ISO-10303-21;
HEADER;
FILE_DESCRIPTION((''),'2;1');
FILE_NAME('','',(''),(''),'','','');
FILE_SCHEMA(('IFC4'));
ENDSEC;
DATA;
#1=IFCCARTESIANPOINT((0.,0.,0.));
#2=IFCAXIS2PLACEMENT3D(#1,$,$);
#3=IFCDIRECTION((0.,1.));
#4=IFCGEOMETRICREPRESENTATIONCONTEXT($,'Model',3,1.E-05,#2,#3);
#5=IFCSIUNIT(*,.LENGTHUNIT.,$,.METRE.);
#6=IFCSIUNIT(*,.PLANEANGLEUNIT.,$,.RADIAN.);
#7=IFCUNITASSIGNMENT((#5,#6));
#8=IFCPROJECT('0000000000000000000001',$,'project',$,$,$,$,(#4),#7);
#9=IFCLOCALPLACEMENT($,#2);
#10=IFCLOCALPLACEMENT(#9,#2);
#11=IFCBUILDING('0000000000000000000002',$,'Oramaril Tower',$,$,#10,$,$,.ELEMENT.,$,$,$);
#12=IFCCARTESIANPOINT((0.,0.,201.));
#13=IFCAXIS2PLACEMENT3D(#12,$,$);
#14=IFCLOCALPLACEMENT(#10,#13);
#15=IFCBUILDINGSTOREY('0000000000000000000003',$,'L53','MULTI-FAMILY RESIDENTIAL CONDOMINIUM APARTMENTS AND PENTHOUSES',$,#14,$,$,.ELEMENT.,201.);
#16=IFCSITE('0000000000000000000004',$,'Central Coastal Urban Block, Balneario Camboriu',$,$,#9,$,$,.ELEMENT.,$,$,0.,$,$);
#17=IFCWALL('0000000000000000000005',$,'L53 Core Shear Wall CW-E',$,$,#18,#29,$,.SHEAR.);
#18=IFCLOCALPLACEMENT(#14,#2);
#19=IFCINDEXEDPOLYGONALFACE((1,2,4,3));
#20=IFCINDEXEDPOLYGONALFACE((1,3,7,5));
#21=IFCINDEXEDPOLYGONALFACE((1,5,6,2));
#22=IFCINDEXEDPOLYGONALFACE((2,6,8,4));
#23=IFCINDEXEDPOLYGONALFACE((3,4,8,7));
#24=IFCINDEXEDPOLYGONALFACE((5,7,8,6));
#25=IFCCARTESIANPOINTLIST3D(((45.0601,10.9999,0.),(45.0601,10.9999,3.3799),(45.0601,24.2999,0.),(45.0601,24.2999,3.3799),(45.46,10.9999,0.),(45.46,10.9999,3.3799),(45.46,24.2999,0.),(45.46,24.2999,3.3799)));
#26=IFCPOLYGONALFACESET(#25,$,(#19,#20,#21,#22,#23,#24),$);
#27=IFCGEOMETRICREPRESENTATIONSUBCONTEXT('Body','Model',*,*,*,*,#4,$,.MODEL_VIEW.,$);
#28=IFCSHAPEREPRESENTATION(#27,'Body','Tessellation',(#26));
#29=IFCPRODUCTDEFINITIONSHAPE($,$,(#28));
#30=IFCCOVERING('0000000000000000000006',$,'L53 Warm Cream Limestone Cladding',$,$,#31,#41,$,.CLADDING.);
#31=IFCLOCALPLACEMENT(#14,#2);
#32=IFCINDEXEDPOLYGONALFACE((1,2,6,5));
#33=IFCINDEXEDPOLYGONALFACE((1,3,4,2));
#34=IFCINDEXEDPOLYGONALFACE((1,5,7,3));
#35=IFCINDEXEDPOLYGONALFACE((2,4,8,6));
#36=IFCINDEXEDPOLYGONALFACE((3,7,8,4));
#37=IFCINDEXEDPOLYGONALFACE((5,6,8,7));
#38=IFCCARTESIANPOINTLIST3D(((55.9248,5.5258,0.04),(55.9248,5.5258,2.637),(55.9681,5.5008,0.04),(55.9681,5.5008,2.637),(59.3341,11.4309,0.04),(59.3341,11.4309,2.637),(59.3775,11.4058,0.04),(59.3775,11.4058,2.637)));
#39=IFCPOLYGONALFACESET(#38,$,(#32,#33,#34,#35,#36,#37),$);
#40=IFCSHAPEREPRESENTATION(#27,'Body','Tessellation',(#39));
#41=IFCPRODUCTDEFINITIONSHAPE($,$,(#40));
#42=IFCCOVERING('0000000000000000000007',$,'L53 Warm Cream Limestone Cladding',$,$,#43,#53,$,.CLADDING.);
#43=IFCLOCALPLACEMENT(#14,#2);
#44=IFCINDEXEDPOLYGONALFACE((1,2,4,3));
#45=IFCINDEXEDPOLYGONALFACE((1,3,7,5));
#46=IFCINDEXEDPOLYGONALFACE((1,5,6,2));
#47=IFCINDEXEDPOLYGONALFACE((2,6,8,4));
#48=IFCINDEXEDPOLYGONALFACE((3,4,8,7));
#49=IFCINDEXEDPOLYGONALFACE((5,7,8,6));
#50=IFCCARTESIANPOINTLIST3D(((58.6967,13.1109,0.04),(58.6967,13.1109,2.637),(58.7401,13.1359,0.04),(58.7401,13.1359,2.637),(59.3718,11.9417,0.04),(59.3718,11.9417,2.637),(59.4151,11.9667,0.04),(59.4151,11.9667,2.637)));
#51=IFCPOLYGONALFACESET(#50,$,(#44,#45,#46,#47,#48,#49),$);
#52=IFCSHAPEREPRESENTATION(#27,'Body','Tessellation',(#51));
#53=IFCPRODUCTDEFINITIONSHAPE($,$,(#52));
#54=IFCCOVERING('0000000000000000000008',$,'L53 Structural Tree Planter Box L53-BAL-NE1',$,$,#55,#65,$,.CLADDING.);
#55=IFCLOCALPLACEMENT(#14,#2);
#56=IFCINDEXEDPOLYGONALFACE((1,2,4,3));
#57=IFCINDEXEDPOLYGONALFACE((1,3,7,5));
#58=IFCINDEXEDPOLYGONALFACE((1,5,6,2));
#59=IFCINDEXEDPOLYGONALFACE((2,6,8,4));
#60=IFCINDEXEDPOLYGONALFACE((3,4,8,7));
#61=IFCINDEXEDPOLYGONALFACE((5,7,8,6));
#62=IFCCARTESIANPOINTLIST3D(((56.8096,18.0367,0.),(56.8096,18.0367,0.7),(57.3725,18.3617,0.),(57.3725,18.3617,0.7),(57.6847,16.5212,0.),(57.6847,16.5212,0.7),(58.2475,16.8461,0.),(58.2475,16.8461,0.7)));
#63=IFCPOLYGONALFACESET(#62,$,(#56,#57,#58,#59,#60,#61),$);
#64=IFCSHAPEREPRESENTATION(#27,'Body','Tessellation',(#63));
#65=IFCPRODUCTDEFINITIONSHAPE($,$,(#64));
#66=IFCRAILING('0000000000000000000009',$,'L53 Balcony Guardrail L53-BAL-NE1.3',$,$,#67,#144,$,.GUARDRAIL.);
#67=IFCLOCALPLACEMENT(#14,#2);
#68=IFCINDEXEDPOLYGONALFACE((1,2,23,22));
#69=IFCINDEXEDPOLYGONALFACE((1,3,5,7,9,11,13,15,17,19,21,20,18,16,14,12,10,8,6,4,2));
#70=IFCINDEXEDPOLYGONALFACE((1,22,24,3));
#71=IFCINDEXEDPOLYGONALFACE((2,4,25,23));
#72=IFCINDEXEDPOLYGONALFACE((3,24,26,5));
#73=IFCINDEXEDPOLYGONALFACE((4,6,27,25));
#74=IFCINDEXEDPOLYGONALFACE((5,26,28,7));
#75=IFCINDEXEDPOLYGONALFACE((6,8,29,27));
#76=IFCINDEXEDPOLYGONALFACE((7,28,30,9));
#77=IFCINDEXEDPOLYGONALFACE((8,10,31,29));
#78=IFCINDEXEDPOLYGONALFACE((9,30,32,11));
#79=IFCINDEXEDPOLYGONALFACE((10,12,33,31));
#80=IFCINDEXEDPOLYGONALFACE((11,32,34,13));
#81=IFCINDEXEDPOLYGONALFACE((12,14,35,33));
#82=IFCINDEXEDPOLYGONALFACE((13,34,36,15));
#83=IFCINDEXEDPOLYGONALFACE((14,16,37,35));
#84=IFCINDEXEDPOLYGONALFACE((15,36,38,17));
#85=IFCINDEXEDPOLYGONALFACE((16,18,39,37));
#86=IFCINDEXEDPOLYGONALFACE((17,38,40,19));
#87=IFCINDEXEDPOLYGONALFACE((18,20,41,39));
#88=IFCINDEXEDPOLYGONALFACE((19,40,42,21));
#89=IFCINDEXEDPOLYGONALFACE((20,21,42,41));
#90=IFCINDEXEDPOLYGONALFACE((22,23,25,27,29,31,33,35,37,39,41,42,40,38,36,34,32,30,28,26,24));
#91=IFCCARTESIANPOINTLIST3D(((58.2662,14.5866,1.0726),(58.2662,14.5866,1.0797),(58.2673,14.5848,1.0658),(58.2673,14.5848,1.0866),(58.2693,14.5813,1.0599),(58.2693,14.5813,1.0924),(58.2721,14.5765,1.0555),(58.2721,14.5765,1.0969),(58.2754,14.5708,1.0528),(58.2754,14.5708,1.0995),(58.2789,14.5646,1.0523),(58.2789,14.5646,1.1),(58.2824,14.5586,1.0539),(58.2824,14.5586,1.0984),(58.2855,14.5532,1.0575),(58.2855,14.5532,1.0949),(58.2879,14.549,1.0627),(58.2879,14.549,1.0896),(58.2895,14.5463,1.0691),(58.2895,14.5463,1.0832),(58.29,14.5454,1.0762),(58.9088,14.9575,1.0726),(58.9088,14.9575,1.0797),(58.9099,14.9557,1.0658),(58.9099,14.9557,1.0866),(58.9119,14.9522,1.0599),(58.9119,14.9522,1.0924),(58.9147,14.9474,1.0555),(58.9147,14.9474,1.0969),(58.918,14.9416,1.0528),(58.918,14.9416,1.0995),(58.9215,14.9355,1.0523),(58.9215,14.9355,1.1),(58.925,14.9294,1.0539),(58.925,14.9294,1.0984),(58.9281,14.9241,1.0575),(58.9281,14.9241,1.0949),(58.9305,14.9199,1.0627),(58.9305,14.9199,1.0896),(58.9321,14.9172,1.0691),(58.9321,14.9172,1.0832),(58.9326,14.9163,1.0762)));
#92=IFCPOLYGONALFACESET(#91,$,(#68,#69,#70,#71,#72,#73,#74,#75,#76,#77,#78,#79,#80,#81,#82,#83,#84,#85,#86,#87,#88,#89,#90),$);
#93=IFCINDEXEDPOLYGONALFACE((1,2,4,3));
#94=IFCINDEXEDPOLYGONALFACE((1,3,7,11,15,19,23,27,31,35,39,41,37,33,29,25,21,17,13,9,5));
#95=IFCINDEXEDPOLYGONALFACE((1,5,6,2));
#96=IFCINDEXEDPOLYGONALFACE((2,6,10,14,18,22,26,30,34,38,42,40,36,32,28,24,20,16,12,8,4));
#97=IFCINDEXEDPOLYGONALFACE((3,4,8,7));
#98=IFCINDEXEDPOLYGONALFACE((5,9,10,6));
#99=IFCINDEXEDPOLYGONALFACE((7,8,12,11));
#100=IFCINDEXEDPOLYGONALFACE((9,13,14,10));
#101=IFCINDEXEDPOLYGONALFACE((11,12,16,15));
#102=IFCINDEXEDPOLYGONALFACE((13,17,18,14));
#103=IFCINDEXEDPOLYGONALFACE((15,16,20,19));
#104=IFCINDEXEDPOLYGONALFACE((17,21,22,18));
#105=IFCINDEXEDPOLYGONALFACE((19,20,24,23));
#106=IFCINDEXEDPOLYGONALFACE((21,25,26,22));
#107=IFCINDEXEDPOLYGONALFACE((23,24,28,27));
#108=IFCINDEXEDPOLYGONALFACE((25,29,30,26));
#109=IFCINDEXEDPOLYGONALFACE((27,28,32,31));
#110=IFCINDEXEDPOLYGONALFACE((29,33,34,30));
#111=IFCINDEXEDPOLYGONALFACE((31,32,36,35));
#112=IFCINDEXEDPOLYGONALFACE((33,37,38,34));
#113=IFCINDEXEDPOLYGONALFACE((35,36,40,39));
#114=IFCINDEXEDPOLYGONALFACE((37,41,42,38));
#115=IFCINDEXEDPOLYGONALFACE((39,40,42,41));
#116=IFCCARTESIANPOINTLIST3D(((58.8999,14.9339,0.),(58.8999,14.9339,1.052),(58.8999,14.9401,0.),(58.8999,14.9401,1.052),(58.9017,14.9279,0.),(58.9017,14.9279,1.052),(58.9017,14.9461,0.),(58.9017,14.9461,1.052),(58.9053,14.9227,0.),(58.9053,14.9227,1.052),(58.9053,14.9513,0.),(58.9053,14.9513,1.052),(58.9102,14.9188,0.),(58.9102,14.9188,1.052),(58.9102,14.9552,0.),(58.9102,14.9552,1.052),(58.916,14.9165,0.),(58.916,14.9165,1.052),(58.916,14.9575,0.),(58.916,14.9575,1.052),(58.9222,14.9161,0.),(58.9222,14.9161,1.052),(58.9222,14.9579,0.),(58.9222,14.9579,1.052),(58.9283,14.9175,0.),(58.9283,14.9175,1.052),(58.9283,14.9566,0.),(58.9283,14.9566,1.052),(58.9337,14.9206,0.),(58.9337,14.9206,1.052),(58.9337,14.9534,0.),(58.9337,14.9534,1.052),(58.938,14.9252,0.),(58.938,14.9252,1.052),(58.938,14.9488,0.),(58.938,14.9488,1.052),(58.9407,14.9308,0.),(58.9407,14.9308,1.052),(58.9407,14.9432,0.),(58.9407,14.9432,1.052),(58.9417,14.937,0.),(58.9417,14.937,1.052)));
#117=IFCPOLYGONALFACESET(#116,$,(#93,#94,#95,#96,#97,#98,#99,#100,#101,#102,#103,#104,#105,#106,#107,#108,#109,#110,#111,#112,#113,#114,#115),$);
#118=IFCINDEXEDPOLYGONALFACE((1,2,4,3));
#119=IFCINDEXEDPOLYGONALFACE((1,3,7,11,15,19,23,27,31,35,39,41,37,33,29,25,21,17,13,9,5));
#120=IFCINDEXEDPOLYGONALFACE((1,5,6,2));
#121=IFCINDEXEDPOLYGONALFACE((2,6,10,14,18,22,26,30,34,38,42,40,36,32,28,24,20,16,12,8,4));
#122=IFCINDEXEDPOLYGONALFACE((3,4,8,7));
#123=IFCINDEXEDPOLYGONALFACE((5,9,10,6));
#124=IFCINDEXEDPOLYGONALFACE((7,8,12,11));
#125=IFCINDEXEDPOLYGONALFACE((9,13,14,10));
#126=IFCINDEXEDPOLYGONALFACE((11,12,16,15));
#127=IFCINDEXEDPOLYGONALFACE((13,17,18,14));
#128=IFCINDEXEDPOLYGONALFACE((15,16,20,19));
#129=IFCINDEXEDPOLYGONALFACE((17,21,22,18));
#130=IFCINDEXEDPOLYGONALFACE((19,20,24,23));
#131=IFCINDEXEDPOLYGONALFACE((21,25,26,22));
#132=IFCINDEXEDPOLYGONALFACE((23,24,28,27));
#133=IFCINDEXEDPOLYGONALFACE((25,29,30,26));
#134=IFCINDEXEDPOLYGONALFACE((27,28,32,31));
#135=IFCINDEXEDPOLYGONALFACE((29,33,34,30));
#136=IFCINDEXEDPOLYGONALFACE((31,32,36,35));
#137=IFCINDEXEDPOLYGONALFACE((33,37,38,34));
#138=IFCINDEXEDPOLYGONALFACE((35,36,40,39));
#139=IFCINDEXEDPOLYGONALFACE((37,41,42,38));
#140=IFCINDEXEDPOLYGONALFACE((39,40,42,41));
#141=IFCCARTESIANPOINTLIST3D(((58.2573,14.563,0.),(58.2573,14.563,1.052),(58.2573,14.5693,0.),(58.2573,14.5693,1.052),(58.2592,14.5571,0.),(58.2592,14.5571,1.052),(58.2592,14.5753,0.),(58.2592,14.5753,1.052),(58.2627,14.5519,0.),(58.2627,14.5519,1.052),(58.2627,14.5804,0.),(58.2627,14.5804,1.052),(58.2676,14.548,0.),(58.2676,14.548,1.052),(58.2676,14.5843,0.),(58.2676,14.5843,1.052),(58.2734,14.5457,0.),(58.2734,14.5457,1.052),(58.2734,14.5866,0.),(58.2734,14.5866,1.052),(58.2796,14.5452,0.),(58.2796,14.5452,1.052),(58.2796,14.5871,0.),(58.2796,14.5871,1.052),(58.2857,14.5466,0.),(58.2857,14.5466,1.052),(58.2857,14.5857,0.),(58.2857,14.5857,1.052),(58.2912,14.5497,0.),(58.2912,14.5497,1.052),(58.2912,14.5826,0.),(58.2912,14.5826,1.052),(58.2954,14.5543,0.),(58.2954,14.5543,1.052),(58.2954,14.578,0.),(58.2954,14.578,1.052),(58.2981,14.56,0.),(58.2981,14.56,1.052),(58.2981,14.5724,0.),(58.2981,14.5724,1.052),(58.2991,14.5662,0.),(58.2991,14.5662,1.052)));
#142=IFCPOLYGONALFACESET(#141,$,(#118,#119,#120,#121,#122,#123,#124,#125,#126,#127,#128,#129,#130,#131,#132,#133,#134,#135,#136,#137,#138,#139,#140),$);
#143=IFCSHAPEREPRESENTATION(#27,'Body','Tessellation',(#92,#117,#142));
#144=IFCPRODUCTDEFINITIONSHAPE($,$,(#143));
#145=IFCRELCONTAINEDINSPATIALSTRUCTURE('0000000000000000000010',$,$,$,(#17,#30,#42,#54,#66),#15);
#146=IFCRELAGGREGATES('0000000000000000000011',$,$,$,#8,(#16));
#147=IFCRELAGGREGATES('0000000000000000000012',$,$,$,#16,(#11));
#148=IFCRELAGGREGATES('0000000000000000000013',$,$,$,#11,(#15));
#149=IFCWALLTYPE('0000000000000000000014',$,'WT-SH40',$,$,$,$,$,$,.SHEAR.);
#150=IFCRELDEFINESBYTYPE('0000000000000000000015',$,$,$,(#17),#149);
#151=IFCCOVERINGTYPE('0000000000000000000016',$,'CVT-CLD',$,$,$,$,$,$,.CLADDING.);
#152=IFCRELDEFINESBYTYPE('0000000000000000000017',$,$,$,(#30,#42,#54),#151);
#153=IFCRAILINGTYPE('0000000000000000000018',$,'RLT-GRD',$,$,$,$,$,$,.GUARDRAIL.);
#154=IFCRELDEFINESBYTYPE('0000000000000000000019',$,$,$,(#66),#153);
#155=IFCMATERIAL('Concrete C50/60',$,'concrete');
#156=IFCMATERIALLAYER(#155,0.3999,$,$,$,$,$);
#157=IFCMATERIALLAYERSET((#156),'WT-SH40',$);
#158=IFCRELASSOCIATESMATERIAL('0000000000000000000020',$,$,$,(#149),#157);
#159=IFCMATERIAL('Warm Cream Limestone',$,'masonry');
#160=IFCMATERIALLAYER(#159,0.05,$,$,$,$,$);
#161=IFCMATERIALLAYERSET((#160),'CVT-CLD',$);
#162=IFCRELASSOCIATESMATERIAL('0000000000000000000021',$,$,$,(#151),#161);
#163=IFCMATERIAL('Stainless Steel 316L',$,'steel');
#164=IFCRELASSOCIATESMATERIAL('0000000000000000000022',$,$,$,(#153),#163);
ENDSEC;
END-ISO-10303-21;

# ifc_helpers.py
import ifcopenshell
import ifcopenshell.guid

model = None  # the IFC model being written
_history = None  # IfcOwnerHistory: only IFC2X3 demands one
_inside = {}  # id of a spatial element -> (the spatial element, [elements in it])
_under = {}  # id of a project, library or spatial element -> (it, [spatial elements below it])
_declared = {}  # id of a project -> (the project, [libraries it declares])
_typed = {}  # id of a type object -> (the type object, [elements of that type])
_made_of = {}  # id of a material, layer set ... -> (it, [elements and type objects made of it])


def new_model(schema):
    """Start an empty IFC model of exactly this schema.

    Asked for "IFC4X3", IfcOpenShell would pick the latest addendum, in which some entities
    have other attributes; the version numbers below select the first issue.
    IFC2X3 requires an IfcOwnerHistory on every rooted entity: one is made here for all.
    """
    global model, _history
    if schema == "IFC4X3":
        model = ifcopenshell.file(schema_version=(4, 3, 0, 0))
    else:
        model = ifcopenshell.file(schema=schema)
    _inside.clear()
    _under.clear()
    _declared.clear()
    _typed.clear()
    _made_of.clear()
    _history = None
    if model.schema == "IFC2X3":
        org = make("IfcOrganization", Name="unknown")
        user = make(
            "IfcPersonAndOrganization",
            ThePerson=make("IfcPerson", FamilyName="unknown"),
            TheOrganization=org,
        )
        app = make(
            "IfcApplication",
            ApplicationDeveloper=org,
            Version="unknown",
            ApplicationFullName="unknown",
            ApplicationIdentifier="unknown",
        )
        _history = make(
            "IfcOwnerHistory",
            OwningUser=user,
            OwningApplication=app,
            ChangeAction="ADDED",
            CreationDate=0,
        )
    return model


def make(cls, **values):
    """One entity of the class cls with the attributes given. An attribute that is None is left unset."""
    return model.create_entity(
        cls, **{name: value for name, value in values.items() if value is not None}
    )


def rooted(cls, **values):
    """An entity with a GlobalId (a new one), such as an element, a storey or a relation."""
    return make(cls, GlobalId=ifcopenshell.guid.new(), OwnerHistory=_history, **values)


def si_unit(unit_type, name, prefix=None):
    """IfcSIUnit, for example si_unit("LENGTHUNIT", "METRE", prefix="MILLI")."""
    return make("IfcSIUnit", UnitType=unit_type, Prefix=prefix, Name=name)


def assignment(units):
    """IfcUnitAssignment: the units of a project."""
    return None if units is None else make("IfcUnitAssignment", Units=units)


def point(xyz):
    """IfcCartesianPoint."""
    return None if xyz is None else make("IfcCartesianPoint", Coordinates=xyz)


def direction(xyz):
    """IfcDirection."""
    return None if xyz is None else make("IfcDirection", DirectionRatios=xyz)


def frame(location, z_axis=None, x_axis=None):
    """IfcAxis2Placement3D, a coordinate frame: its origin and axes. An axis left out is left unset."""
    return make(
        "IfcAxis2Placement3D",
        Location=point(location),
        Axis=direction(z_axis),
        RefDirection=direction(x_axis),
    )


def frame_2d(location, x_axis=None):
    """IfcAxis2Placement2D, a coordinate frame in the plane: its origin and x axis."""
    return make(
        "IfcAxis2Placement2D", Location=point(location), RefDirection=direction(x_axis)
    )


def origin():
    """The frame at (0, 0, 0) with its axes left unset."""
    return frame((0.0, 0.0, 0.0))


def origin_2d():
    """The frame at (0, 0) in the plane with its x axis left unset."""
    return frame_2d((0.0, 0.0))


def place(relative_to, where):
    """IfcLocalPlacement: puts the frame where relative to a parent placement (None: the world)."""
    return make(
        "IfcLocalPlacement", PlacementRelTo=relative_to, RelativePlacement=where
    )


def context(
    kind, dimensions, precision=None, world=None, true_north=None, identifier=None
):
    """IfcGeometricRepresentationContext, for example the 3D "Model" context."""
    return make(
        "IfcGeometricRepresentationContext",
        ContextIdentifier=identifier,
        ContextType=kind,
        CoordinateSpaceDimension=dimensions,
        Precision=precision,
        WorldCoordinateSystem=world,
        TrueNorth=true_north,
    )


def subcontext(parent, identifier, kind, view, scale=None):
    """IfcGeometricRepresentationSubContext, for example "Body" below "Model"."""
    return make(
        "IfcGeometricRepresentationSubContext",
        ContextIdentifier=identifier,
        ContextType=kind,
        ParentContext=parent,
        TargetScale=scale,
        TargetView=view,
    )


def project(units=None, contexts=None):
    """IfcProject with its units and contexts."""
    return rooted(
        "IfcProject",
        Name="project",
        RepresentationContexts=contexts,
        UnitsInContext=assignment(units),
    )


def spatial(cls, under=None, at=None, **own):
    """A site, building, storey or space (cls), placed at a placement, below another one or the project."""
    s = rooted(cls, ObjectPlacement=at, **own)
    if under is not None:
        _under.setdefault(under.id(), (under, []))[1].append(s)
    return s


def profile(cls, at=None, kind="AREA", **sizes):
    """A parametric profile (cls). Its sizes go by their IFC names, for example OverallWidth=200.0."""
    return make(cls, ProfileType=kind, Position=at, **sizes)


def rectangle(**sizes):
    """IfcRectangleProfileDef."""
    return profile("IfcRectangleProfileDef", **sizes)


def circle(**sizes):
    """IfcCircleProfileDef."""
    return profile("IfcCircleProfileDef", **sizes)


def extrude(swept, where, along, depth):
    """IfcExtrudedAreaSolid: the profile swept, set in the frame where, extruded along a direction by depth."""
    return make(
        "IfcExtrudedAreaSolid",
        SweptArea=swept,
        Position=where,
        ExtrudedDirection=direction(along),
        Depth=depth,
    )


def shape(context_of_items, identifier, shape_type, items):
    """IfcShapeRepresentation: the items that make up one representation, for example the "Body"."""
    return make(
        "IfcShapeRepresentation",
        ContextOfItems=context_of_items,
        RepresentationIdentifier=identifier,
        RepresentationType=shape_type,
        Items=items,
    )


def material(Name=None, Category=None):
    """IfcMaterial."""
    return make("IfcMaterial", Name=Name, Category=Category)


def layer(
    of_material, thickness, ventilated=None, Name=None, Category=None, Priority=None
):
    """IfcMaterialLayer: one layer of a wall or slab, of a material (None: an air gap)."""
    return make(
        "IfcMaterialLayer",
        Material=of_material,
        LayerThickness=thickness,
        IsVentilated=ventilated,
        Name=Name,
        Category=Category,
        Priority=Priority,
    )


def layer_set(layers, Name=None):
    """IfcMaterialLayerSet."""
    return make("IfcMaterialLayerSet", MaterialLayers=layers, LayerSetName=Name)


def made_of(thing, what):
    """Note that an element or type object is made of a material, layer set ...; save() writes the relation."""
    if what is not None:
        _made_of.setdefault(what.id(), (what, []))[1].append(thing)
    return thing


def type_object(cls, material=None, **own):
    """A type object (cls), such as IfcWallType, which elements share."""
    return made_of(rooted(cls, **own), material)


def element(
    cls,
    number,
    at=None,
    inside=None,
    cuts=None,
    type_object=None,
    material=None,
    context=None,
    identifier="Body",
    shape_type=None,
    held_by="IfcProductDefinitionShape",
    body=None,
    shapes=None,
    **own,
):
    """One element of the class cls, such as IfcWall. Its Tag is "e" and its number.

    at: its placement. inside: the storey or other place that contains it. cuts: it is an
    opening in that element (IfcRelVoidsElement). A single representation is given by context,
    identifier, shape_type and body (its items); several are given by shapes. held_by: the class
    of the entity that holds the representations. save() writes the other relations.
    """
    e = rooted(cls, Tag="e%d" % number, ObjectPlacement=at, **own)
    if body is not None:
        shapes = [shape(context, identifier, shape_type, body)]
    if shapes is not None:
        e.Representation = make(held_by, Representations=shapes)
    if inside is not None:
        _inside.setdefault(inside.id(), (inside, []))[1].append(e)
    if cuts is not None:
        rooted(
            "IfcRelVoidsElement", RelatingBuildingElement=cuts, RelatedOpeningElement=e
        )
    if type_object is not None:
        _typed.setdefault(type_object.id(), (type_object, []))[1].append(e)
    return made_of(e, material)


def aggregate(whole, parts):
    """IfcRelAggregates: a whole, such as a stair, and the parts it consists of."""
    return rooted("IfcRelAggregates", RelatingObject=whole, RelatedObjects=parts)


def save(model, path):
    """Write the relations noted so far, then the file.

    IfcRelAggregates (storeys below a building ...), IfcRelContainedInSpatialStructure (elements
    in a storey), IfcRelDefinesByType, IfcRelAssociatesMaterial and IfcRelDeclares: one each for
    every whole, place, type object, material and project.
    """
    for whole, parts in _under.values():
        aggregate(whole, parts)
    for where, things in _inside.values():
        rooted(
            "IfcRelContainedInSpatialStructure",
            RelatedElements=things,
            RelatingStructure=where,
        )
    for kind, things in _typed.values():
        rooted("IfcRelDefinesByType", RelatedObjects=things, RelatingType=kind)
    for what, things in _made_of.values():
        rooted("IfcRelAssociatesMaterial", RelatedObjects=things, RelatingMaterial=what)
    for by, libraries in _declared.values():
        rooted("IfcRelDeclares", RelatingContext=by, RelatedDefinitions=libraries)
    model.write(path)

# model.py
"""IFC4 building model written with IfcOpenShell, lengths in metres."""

from ifc_helpers import new_model, si_unit, direction, frame, frame_2d, origin, origin_2d, place, context, subcontext, project, spatial, rectangle, circle, extrude, material, layer, layer_set, type_object, element, save


model = new_model("IFC4")

# Units and contexts
model_context = context("Model", 3, precision=1e-05, world=origin(), true_north=direction((0.0, 1.0)))
body_context = subcontext(model_context, "Body", "Model", "MODEL_VIEW")
ifc_project = project(units=[si_unit("LENGTHUNIT", "METRE"), si_unit("PLANEANGLEUNIT", "RADIAN")], contexts=[model_context])

# Site, building, storey
site_placement = place(None, origin())
site = spatial("IfcSite", under=ifc_project, at=site_placement, Name="Central Coastal Urban Block, Balneario Camboriu", CompositionType="ELEMENT", RefElevation=0.0)
building_placement = place(site_placement, origin())
building = spatial("IfcBuilding", under=site, at=building_placement, Name="Oramaril Tower", CompositionType="ELEMENT")
storey_placement = place(building_placement, frame((0.0, 0.0, 201.0)))
storey = spatial("IfcBuildingStorey", under=building, at=storey_placement, Name="L53", Description="MULTI-FAMILY RESIDENTIAL CONDOMINIUM APARTMENTS AND PENTHOUSES", CompositionType="ELEMENT", Elevation=201.0)

# Wall
ifc_material_1 = material(Name="Concrete C50/60", Category="concrete")
ifc_layer_1 = layer(ifc_material_1, 0.3999)
ifc_layer_set_1 = layer_set([ifc_layer_1], Name="WT-SH40")
wall_type_1 = type_object("IfcWallType", Name="WT-SH40", PredefinedType="SHEAR", material=ifc_layer_set_1)
wall_1_placement = place(storey_placement, frame((45.26, 11.0, 0.0), z_axis=(0.0, 0.0, 1.0), x_axis=(0.0, 1.0, 0.0)))
element("IfcWall", 1, at=wall_1_placement, inside=storey, type_object=wall_type_1, Name="L53 Core Shear Wall CW-E", PredefinedType="SHEAR", context=body_context, shape_type="SweptSolid", body=[
    extrude(rectangle(XDim=13.3, YDim=0.3999, at=frame_2d((6.6499, 0.0))), origin(), (0.0, 0.0, 1.0), 3.3799),
])

# Coverings
ifc_material_2 = material(Name="Warm Cream Limestone", Category="masonry")
ifc_layer_2 = layer(ifc_material_2, 0.05)
ifc_layer_set_2 = layer_set([ifc_layer_2], Name="CVT-CLD")
covering_type = type_object("IfcCoveringType", Name="CVT-CLD", PredefinedType="CLADDING", material=ifc_layer_set_2)
covering_1_placement = place(storey_placement, frame((57.6511, 8.4658, 0.04), z_axis=(0.0, 0.0, 1.0), x_axis=(0.500011, 0.866019, 0.0)))
element("IfcCovering", 2, at=covering_1_placement, inside=storey, type_object=covering_type, Name="L53 Warm Cream Limestone Cladding", PredefinedType="CLADDING", context=body_context, shape_type="SweptSolid", body=[
    extrude(rectangle(XDim=6.8186, YDim=0.05, at=origin_2d()), origin(), (0.0, 0.0, 1.0), 2.5969),
])
covering_2_placement = place(storey_placement, frame((59.0559, 12.5388, 0.04), z_axis=(0.0, 0.0, 1.0), x_axis=(-0.5, 0.866025, 0.0)))
element("IfcCovering", 3, at=covering_2_placement, inside=storey, type_object=covering_type, Name="L53 Warm Cream Limestone Cladding", PredefinedType="CLADDING", context=body_context, shape_type="SweptSolid", body=[
    extrude(rectangle(XDim=1.3501, YDim=0.05, at=origin_2d()), origin(), (0.0, 0.0, 1.0), 2.5969),
])
covering_3_placement = place(storey_placement, frame((57.5286, 17.4414, 0.0), z_axis=(0.0, 0.0, 1.0), x_axis=(-0.500002, 0.866025, 0.0)))
element("IfcCovering", 4, at=covering_3_placement, inside=storey, type_object=covering_type, Name="L53 Structural Tree Planter Box L53-BAL-NE1", PredefinedType="CLADDING", context=body_context, shape_type="SweptSolid", body=[
    extrude(rectangle(XDim=1.75, YDim=0.6499, at=origin_2d()), origin(), (0.0, 0.0, 1.0), 0.7),
])

# Railing
ifc_material_3 = material(Name="Stainless Steel 316L", Category="steel")
railing_type_1 = type_object("IfcRailingType", Name="RLT-GRD", PredefinedType="GUARDRAIL", material=ifc_material_3)
railing_1_placement = place(storey_placement, frame((58.9207, 14.937, 0.0)))
element("IfcRailing", 5, at=railing_1_placement, inside=storey, type_object=railing_type_1, Name="L53 Balcony Guardrail L53-BAL-NE1.3", PredefinedType="GUARDRAIL", context=body_context, shape_type="SweptSolid", body=[
    extrude(circle(Radius=0.0239, at=origin_2d()), frame((0.0, 0.0, 1.0762), z_axis=(-0.866109, -0.499855, 0.0), x_axis=(0.499855, -0.866109, 0.0)), (0.0, 0.0, 1.0), 0.7419),
    extrude(circle(Radius=0.021, at=origin_2d()), origin(), (0.0, 0.0, 1.0), 1.052),
    extrude(circle(Radius=0.021, at=origin_2d()), frame((-0.6426, -0.3708, 0.0)), (0.0, 0.0, 1.0), 1.052),
])

save(model, "model.ifc")
